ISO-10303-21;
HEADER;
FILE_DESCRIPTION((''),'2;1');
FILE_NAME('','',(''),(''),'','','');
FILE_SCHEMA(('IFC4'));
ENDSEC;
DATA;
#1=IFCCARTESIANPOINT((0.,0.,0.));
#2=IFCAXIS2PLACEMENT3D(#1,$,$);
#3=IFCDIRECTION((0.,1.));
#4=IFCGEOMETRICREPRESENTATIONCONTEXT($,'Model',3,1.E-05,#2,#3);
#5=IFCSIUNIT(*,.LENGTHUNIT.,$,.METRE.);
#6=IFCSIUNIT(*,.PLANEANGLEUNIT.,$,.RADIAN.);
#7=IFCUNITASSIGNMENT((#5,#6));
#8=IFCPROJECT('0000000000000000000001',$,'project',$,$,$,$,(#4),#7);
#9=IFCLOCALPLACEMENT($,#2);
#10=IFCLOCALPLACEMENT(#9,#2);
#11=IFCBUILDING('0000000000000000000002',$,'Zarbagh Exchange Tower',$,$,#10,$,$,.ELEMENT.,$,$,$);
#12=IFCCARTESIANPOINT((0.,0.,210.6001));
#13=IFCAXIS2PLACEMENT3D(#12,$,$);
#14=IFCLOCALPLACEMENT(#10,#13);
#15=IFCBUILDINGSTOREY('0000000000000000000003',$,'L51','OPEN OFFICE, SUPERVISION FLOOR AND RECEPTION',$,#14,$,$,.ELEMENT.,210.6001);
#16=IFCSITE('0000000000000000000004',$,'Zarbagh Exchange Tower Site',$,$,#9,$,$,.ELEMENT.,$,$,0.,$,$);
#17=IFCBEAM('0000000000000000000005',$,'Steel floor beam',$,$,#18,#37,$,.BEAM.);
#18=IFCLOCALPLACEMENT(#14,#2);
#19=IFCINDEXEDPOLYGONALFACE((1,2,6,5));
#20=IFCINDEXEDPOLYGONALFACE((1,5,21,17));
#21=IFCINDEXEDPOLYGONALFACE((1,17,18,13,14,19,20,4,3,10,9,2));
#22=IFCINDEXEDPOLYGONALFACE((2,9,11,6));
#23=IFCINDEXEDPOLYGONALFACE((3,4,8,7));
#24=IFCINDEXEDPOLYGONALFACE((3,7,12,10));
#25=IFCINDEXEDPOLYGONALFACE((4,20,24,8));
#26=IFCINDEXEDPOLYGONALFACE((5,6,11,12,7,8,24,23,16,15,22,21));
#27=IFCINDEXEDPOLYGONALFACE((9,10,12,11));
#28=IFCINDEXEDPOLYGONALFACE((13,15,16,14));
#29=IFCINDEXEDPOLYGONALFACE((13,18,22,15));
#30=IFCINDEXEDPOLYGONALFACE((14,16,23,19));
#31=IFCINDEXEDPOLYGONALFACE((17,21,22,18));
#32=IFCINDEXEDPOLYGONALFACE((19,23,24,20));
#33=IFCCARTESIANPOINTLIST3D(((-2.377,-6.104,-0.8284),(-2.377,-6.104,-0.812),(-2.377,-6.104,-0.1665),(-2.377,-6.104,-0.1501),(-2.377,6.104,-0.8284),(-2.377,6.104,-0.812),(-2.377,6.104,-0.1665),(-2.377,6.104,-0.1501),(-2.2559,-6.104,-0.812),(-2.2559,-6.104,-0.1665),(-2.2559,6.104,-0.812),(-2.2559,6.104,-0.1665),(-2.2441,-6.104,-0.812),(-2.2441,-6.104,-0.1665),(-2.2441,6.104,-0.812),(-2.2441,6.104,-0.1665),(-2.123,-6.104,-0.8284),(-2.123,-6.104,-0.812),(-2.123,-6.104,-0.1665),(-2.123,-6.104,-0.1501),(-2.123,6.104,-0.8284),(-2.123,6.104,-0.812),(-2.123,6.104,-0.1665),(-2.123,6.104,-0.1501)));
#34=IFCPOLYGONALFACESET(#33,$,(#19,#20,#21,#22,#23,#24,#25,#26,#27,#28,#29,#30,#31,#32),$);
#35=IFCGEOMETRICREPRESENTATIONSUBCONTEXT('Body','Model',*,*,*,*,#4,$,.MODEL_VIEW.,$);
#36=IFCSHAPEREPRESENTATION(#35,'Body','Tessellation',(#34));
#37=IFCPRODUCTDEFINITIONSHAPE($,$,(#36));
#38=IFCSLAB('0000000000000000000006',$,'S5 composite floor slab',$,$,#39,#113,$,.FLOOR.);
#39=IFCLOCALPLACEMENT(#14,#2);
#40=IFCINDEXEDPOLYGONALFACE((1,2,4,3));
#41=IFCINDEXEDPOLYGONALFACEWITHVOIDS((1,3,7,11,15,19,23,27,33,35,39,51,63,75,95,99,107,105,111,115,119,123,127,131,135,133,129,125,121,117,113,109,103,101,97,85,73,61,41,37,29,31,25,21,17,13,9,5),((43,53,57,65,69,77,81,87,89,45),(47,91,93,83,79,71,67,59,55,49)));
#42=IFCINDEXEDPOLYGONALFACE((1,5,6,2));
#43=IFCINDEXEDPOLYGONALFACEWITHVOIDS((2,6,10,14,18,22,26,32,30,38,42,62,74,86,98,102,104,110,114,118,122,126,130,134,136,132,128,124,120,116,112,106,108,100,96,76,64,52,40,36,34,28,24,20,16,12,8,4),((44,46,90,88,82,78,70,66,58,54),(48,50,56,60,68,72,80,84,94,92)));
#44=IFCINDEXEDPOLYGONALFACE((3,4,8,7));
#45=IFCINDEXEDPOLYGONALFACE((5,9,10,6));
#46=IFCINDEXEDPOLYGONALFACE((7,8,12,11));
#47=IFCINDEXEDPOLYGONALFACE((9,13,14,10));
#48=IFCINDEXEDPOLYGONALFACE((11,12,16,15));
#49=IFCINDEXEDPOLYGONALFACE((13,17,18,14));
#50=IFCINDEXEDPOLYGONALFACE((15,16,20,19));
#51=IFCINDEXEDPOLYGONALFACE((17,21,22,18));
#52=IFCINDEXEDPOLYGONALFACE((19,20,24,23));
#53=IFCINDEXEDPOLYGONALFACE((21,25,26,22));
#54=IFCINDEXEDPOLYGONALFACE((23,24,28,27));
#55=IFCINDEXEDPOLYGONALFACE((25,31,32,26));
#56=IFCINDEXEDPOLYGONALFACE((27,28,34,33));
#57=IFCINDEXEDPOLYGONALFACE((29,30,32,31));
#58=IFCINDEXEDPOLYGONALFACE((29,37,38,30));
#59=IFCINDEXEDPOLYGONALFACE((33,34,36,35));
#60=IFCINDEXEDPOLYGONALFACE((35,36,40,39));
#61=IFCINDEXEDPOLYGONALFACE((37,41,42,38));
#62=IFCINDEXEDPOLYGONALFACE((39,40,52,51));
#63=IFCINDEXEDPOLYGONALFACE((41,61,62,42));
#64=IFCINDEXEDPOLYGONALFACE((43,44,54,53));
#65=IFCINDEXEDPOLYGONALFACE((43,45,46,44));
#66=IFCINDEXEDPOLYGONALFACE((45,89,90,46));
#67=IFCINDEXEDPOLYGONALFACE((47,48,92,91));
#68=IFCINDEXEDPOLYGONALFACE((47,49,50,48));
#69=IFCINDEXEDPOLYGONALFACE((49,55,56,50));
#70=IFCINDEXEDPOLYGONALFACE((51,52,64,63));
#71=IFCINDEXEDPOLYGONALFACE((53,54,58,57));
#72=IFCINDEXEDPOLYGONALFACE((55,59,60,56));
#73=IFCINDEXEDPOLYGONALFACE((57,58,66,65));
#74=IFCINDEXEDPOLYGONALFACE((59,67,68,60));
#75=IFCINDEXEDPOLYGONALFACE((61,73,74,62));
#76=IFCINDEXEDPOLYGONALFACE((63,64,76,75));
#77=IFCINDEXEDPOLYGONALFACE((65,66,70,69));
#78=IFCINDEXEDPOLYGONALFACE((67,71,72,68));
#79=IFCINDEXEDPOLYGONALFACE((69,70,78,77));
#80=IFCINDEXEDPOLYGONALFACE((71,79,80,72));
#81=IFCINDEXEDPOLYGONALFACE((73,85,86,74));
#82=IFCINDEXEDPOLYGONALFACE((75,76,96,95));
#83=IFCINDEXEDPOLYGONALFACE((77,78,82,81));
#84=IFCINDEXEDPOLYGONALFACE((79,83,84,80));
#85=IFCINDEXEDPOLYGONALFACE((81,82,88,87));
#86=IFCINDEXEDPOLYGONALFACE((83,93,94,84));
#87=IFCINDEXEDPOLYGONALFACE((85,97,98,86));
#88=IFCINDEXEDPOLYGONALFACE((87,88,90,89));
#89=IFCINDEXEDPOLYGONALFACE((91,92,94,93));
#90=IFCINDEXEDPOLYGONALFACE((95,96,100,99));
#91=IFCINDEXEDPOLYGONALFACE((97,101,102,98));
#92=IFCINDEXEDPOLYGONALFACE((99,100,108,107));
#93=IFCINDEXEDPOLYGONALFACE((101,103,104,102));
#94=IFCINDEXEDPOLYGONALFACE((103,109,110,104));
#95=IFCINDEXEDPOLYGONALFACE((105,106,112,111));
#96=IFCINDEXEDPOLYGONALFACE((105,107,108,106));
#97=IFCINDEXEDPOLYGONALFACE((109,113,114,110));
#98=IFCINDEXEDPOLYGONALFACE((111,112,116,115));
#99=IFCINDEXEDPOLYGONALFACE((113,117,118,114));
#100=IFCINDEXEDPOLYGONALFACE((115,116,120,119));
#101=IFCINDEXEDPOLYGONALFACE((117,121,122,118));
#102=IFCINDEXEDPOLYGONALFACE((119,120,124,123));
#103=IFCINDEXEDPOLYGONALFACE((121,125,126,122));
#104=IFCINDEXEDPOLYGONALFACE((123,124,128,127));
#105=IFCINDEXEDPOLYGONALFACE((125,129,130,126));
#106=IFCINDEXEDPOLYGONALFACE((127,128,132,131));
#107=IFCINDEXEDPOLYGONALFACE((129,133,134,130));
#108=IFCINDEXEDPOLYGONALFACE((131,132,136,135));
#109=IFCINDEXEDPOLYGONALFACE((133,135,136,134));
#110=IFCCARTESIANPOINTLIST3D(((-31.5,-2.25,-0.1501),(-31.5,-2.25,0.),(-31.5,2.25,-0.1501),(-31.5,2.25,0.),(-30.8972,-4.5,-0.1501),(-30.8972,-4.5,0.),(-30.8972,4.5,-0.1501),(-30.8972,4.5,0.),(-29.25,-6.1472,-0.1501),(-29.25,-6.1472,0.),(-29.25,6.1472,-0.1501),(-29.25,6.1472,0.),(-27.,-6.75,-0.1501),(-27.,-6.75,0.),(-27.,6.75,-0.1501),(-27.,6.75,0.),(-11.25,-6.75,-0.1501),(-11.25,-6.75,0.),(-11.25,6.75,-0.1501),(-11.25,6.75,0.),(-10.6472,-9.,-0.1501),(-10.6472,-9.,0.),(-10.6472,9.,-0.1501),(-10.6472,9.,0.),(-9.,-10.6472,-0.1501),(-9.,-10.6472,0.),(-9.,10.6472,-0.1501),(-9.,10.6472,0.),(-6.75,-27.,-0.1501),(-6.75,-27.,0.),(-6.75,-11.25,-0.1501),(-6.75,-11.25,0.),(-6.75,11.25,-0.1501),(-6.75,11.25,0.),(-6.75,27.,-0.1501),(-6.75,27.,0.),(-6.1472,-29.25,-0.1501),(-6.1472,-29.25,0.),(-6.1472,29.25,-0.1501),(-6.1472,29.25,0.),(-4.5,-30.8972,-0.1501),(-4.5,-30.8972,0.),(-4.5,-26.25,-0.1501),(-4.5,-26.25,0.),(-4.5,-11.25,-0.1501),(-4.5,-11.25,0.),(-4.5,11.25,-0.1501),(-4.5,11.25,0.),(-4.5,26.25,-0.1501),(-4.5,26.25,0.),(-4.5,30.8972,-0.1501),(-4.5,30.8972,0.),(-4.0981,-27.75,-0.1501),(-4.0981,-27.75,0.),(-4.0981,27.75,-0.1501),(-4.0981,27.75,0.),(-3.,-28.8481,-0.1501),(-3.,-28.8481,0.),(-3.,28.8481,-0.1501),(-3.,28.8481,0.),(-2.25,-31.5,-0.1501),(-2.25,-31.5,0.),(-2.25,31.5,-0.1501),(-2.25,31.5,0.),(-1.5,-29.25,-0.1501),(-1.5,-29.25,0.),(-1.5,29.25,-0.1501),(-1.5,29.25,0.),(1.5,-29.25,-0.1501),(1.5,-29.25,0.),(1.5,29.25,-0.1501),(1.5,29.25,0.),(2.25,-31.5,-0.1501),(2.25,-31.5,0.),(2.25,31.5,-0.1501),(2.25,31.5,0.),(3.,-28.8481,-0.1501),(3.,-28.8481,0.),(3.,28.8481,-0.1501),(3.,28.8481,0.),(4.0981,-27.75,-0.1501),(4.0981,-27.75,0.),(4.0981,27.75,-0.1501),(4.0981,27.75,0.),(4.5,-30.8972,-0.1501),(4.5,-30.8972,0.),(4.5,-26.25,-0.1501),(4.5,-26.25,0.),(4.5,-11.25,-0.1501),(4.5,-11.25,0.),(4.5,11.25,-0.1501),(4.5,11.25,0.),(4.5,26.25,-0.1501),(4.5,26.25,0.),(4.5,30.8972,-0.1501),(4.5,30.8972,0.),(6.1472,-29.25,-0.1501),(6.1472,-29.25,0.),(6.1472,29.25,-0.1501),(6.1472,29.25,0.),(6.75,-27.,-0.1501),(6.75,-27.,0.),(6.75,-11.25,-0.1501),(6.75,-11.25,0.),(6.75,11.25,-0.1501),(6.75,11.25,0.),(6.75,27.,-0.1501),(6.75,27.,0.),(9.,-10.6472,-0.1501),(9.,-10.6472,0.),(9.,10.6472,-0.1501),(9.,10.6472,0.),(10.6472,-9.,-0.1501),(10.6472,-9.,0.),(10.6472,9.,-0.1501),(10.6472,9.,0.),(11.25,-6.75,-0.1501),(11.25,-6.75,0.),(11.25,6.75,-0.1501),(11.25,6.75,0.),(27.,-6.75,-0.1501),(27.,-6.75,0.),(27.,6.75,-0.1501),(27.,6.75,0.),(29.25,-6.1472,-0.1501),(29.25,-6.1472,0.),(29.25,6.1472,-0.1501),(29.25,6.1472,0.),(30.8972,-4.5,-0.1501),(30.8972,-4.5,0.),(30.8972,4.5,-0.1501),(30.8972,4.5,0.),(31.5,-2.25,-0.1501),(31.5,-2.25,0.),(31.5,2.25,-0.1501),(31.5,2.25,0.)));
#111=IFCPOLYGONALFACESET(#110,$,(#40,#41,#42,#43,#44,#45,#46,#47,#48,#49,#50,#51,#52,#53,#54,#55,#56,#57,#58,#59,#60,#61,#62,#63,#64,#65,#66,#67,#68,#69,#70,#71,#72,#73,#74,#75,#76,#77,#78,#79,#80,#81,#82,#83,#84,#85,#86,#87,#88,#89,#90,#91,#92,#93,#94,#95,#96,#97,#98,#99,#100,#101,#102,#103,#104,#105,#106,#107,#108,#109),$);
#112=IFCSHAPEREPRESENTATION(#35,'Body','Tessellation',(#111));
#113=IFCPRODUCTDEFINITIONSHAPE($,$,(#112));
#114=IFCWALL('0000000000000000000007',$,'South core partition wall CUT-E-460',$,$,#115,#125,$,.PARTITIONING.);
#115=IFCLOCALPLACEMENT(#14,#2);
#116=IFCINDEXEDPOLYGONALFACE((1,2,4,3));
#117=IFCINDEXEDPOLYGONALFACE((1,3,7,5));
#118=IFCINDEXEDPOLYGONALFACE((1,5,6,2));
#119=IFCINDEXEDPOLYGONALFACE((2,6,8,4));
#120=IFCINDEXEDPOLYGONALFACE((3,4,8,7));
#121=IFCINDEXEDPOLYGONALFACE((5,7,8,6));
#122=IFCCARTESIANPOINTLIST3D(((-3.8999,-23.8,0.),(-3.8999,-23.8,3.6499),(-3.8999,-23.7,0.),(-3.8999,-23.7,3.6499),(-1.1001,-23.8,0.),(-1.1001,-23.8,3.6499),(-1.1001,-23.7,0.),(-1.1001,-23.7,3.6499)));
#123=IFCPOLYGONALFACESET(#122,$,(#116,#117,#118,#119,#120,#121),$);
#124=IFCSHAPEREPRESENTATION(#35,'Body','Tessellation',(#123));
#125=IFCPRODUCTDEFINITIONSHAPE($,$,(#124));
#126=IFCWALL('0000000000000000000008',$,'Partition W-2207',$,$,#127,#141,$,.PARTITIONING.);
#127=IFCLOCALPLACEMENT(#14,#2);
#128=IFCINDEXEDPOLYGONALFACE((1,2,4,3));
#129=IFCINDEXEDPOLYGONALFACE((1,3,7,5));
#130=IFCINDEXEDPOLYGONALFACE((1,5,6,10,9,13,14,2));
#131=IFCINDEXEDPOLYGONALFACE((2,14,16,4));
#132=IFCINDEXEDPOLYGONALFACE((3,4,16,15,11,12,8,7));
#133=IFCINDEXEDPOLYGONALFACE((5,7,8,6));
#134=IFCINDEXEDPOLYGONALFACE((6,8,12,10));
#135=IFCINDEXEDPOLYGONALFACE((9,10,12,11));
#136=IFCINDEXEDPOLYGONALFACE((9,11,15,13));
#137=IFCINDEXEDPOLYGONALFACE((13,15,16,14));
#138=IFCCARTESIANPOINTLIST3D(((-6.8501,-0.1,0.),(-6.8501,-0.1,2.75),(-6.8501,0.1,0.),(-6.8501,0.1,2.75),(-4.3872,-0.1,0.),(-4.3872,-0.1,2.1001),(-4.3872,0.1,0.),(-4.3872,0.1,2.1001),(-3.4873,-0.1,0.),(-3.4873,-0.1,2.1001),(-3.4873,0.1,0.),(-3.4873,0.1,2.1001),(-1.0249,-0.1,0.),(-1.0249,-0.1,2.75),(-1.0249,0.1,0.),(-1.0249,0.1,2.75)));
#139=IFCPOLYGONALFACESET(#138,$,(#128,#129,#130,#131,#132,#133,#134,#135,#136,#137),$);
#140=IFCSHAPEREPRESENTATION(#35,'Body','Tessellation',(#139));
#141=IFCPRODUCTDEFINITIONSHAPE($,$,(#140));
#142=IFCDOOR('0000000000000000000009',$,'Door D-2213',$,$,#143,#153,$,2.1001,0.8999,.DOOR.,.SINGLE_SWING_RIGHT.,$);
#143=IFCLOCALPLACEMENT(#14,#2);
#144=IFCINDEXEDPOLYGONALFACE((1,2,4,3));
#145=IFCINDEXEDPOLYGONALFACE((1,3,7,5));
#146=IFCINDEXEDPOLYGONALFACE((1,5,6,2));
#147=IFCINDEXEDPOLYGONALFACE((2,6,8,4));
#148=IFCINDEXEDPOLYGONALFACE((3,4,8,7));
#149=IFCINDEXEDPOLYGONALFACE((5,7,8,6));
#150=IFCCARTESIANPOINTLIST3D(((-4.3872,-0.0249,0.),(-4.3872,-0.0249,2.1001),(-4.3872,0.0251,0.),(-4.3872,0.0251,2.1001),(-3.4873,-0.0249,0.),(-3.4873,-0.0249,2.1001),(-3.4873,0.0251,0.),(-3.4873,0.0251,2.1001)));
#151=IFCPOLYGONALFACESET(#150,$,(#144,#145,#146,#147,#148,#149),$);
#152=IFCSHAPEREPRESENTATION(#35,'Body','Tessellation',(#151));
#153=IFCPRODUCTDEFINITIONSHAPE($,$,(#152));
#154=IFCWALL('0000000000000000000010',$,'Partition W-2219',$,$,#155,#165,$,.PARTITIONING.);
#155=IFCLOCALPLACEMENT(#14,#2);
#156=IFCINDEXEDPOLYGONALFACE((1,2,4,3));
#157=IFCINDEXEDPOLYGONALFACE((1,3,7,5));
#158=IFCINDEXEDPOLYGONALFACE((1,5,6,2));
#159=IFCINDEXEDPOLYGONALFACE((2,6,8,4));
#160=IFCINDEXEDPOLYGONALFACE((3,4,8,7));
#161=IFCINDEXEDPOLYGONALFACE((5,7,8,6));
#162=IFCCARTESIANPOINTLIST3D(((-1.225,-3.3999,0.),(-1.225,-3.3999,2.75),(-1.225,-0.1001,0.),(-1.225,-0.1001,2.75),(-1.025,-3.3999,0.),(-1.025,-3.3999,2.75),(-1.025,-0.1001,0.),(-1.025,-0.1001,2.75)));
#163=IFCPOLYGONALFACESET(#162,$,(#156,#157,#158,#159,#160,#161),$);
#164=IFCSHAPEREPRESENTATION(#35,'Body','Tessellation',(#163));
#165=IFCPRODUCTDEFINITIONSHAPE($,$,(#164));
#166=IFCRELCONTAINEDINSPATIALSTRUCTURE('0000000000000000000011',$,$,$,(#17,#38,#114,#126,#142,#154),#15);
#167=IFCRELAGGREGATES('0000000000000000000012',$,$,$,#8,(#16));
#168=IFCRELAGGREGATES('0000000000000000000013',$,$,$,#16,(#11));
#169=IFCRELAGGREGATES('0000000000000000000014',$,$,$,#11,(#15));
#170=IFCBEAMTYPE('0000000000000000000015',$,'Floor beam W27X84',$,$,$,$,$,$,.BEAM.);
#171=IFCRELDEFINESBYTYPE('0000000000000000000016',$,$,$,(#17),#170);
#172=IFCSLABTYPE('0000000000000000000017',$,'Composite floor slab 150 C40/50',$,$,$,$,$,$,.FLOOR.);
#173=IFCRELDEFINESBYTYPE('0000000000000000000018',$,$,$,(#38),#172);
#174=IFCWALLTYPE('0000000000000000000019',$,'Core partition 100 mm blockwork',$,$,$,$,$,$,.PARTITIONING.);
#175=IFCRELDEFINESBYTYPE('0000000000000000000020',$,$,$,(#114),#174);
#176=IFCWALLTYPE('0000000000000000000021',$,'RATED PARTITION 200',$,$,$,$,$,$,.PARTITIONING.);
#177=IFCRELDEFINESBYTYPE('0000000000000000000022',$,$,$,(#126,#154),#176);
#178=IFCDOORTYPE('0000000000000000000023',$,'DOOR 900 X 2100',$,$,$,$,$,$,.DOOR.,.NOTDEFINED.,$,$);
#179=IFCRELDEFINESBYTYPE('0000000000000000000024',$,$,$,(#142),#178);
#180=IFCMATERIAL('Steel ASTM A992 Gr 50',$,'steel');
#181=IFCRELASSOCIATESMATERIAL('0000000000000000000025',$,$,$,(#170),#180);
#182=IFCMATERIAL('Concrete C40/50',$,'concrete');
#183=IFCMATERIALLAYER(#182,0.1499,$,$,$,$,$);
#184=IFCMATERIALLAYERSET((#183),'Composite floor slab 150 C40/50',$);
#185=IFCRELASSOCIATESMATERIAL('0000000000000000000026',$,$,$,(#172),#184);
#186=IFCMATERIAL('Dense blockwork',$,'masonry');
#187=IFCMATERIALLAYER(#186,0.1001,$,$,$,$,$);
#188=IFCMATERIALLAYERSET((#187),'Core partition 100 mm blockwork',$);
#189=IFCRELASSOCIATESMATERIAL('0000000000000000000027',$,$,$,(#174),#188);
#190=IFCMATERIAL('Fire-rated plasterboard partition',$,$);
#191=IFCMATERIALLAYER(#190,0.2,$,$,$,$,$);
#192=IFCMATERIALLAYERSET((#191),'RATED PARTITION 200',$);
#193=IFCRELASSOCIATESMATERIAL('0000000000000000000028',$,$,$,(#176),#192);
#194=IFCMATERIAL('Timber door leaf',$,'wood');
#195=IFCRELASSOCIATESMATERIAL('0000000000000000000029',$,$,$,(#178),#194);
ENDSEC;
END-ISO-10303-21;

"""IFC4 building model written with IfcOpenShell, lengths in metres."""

from ifc_helpers import new_model, si_unit, direction, frame, frame_2d, origin, origin_2d, place, context, subcontext, project, spatial, polyline, rectangle, i_section, outline, extrude, material, layer, layer_set, material_profile, profile_set, type_object, element, fill, save


model = new_model("IFC4")

# Units and contexts
model_context = context("Model", 3, precision=1e-05, world=origin(), true_north=direction((0.0, 1.0)))
body_context = subcontext(model_context, "Body", "Model", "MODEL_VIEW")
ifc_project = project(units=[si_unit("LENGTHUNIT", "METRE"), si_unit("PLANEANGLEUNIT", "RADIAN")], contexts=[model_context])

# Site, building, storey
site_placement = place(None, origin())
site = spatial("IfcSite", under=ifc_project, at=site_placement, Name="Zarbagh Exchange Tower Site", CompositionType="ELEMENT", RefElevation=0.0)
building_placement = place(site_placement, origin())
building = spatial("IfcBuilding", under=site, at=building_placement, Name="Zarbagh Exchange Tower", CompositionType="ELEMENT")
storey_placement = place(building_placement, frame((0.0, 0.0, 210.6001)))
storey = spatial("IfcBuildingStorey", under=building, at=storey_placement, Name="L51", Description="OPEN OFFICE, SUPERVISION FLOOR AND RECEPTION", CompositionType="ELEMENT", Elevation=210.6001)

# Beam
ifc_material_1 = material(Name="Steel ASTM A992 Gr 50", Category="steel")
ifc_material_profile = material_profile(ifc_material_1, i_section(OverallWidth=0.2539, OverallDepth=0.6782, WebThickness=0.0117, FlangeThickness=0.0164, at=origin_2d()), Name="W27X84")
ifc_profile_set = profile_set([ifc_material_profile], Name="Steel ASTM A992 Gr 50")
beam_type = type_object("IfcBeamType", Name="Floor beam W27X84", PredefinedType="BEAM", material=ifc_profile_set)
beam_placement = place(storey_placement, frame((-2.25, -6.104, -0.4893), z_axis=(0.0, 1.0, 0.0), x_axis=(-1.0, 0.0, 0.0)))
element("IfcBeam", 1, at=beam_placement, inside=storey, type_object=beam_type, Name="Steel floor beam", PredefinedType="BEAM", context=body_context, shape_type="SweptSolid", body=[
    extrude(i_section(OverallWidth=0.2539, OverallDepth=0.6782, WebThickness=0.0117, FlangeThickness=0.0164, at=origin_2d()), origin(), (0.0, 0.0, 1.0), 12.208),
])

# Slab
ifc_material_2 = material(Name="Concrete C40/50", Category="concrete")
ifc_layer_1 = layer(ifc_material_2, 0.1499)
ifc_layer_set_1 = layer_set([ifc_layer_1], Name="Composite floor slab 150 C40/50")
slab_type = type_object("IfcSlabType", Name="Composite floor slab 150 C40/50", PredefinedType="FLOOR", material=ifc_layer_set_1)
slab_placement = place(storey_placement, frame((0.0, 0.0, -0.1501)))
element("IfcSlab", 2, at=slab_placement, inside=storey, type_object=slab_type, Name="S5 composite floor slab", PredefinedType="FLOOR", context=body_context, shape_type="SweptSolid", body=[
    extrude(outline(polyline([(-2.25, -31.5), (-4.5, -30.8972), (-6.1472, -29.25), (-6.75, -27.0), (-6.75, -11.25), (-9.0, -10.6472), (-10.6472, -9.0), (-11.25, -6.75), (-27.0, -6.75), (-29.25, -6.1472), (-30.8972, -4.5), (-31.5, -2.25), (-31.5, 2.25), (-30.8972, 4.5), (-29.25, 6.1472), (-27.0, 6.75), (-11.25, 6.75), (-10.6472, 9.0), (-9.0, 10.6472), (-6.75, 11.25), (-6.75, 27.0), (-6.1472, 29.25), (-4.5, 30.8972), (-2.25, 31.5), (2.25, 31.5), (4.5, 30.8972), (6.1472, 29.25), (6.75, 27.0), (6.75, 11.25), (9.0, 10.6472), (10.6472, 9.0), (11.25, 6.75), (27.0, 6.75), (29.25, 6.1472), (30.8972, 4.5), (31.5, 2.25), (31.5, -2.25), (30.8972, -4.5), (29.25, -6.1472), (27.0, -6.75), (11.25, -6.75), (10.6472, -9.0), (9.0, -10.6472), (6.75, -11.25), (6.75, -27.0), (6.1472, -29.25), (4.5, -30.8972), (2.25, -31.5), (-2.25, -31.5)]), holes=[polyline([(4.5, 11.25), (4.5, 26.25), (4.0981, 27.75), (3.0, 28.8481), (1.5, 29.25), (-1.5, 29.25), (-3.0, 28.8481), (-4.0981, 27.75), (-4.5, 26.25), (-4.5, 11.25), (4.5, 11.25)]), polyline([(-1.5, -29.25), (1.5, -29.25), (3.0, -28.8481), (4.0981, -27.75), (4.5, -26.25), (4.5, -11.25), (-4.5, -11.25), (-4.5, -26.25), (-4.0981, -27.75), (-3.0, -28.8481), (-1.5, -29.25)])]), origin(), (0.0, 0.0, 1.0), 0.1501),
])

# Wall
ifc_material_3 = material(Name="Dense blockwork", Category="masonry")
ifc_layer_2 = layer(ifc_material_3, 0.1001)
ifc_layer_set_2 = layer_set([ifc_layer_2], Name="Core partition 100 mm blockwork")
wall_type_1 = type_object("IfcWallType", Name="Core partition 100 mm blockwork", PredefinedType="PARTITIONING", material=ifc_layer_set_2)
wall_1_placement = place(storey_placement, frame((-1.1001, -23.75, 0.0), z_axis=(0.0, 0.0, 1.0), x_axis=(-1.0, 0.0, 0.0)))
element("IfcWall", 3, at=wall_1_placement, inside=storey, type_object=wall_type_1, Name="South core partition wall CUT-E-460", PredefinedType="PARTITIONING", context=body_context, shape_type="SweptSolid", body=[
    extrude(rectangle(XDim=2.7998, YDim=0.1001, at=frame_2d((1.3999, 0.0))), origin(), (0.0, 0.0, 1.0), 3.6499),
])

# Wall, opening, door
ifc_material_4 = material(Name="Fire-rated plasterboard partition")
ifc_layer_3 = layer(ifc_material_4, 0.2)
ifc_layer_set_3 = layer_set([ifc_layer_3], Name="RATED PARTITION 200")
wall_type_2 = type_object("IfcWallType", Name="RATED PARTITION 200", PredefinedType="PARTITIONING", material=ifc_layer_set_3)
wall_2_placement = place(storey_placement, frame((-1.0249, 0.0, 0.0), z_axis=(0.0, 0.0, 1.0), x_axis=(-1.0, 0.0, 0.0)))
wall_2 = element("IfcWall", 4, at=wall_2_placement, inside=storey, type_object=wall_type_2, Name="Partition W-2207", PredefinedType="PARTITIONING", context=body_context, shape_type="SweptSolid", body=[
    extrude(rectangle(XDim=5.8252, YDim=0.2, at=frame_2d((2.9126, 0.0))), origin(), (0.0, 0.0, 1.0), 2.75),
])
opening_1_placement = place(wall_2_placement, frame((2.4624, 0.0, 0.0)))
opening_1 = element("IfcOpeningElement", 5, at=opening_1_placement, cuts=wall_2, PredefinedType="OPENING", context=body_context, shape_type="SweptSolid", body=[
    extrude(rectangle(XDim=0.8999, YDim=2.1001, at=frame_2d((0.45, 1.05))), frame((0.0, 0.1099, 0.0), z_axis=(0.0, -1.0, 0.0), x_axis=(1.0, 0.0, 0.0)), (0.0, 0.0, 1.0), 0.22),
])
ifc_material_5 = material(Name="Timber door leaf", Category="wood")
door_type_1 = type_object("IfcDoorType", Name="DOOR 900 X 2100", OperationType="NOTDEFINED", PredefinedType="DOOR", material=ifc_material_5)
door_1_placement = place(opening_1_placement, origin())
door_1 = element("IfcDoor", 6, at=door_1_placement, inside=storey, type_object=door_type_1, Name="Door D-2213", OperationType="SINGLE_SWING_RIGHT", OverallHeight=2.1001, OverallWidth=0.8999, PredefinedType="DOOR", context=body_context, shape_type="SweptSolid", body=[
    extrude(rectangle(XDim=0.8999, YDim=2.1001, at=frame_2d((0.45, 1.05))), frame((0.0, 0.0249, 0.0), z_axis=(0.0, -1.0, 0.0), x_axis=(1.0, 0.0, 0.0)), (0.0, 0.0, 1.0), 0.05),
])
fill(opening_1, door_1)

# Wall
wall_3_placement = place(storey_placement, frame((-1.125, -3.3999, 0.0), z_axis=(0.0, 0.0, 1.0), x_axis=(0.0, 1.0, 0.0)))
element("IfcWall", 7, at=wall_3_placement, inside=storey, type_object=wall_type_2, Name="Partition W-2219", PredefinedType="PARTITIONING", context=body_context, shape_type="SweptSolid", body=[
    extrude(rectangle(XDim=3.2998, YDim=0.2, at=frame_2d((1.6499, 0.0))), origin(), (0.0, 0.0, 1.0), 2.75),
])

save(model, "model.ifc")
